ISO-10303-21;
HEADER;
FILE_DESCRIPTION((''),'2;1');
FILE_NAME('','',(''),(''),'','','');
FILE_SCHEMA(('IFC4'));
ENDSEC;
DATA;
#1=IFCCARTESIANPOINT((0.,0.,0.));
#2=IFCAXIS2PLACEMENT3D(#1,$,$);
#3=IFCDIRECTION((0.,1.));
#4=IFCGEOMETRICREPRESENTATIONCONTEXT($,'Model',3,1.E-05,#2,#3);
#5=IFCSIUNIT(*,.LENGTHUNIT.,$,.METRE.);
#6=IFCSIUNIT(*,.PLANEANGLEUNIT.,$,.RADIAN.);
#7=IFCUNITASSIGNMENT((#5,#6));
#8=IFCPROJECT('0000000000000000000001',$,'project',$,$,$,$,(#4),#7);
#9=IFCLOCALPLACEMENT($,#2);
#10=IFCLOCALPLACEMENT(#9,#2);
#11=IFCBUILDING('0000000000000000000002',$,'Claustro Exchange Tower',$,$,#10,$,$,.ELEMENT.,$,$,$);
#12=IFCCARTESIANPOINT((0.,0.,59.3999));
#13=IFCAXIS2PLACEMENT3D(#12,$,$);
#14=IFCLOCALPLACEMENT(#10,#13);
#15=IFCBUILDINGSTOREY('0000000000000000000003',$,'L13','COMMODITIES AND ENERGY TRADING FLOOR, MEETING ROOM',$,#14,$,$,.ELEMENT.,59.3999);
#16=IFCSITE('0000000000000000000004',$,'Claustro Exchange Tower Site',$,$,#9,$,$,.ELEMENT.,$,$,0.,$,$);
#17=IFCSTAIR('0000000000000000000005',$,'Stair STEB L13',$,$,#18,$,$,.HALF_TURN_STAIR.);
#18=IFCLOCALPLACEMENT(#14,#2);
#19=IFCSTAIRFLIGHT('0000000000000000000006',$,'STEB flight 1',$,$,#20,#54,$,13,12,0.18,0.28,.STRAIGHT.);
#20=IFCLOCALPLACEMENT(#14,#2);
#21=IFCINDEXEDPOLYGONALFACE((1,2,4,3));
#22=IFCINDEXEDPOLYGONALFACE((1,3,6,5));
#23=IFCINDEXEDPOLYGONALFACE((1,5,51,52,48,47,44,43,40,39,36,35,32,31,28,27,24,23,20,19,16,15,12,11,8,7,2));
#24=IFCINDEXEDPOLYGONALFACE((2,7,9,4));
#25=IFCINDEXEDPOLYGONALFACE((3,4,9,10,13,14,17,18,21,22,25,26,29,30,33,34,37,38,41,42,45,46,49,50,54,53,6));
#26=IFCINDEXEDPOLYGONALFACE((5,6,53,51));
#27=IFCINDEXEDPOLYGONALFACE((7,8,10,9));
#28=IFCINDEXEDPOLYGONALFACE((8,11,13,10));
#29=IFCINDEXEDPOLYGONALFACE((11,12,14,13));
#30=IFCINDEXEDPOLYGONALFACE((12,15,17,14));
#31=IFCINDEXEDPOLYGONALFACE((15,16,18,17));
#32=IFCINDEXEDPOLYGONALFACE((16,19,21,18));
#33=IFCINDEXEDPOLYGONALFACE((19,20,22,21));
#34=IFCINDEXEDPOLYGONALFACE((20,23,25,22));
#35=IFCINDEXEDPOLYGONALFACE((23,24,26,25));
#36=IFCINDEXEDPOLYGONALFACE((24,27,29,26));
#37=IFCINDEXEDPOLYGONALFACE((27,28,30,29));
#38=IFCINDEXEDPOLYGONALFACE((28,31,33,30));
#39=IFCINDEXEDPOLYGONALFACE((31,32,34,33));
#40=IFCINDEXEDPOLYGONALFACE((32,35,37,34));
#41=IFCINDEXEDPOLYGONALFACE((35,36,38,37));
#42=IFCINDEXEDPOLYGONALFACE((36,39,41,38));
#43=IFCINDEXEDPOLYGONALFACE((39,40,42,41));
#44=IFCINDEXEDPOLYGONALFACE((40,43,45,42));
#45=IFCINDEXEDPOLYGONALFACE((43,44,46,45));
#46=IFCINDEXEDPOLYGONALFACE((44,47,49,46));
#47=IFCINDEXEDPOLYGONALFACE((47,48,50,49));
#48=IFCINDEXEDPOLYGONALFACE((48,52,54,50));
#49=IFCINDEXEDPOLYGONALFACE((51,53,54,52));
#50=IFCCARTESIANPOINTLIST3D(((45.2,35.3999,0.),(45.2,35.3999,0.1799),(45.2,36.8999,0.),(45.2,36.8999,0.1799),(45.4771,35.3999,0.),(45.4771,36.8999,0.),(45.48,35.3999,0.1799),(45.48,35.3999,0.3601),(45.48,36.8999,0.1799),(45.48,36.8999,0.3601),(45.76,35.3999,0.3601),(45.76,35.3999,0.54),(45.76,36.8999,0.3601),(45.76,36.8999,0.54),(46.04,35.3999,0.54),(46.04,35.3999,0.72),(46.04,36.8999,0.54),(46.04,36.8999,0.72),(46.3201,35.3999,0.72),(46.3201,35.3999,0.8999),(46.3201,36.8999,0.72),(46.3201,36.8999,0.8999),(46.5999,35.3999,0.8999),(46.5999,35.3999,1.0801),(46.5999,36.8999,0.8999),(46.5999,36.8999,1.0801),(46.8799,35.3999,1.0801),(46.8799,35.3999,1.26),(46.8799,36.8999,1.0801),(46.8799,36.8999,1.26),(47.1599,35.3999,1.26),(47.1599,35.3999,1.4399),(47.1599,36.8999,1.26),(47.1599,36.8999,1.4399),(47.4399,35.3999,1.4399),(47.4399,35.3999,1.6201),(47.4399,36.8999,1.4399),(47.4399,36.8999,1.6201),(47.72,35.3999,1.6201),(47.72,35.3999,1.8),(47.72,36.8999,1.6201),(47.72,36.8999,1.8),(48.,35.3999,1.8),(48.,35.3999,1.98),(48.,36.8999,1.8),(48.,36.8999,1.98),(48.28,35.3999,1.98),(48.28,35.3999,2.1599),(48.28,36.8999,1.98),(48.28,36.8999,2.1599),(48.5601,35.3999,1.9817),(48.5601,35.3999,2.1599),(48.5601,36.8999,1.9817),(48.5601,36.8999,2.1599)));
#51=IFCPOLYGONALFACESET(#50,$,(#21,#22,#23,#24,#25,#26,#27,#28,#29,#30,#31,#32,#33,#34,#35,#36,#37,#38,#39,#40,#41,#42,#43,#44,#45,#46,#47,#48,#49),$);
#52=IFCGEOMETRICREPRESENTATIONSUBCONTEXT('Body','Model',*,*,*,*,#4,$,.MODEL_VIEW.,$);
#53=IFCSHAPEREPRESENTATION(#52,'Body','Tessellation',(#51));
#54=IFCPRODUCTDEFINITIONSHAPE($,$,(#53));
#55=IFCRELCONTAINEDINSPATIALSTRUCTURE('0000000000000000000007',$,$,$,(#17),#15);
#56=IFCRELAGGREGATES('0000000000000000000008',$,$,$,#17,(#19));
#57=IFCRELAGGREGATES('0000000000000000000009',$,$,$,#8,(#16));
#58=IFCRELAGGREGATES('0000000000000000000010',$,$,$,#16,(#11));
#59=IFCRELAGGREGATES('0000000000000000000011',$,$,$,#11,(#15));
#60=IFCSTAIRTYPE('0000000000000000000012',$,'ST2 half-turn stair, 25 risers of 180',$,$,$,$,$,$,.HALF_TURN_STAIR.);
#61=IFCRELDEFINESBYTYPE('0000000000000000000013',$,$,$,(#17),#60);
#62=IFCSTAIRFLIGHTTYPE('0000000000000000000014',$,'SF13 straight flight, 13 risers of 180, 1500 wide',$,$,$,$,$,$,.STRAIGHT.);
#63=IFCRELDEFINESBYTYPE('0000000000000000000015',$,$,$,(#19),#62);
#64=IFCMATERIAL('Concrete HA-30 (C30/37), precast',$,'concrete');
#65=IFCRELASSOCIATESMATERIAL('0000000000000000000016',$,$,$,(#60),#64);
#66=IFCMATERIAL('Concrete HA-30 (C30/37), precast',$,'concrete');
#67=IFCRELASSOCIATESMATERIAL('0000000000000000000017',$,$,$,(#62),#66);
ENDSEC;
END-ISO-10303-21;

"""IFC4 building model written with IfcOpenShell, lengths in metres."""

from ifc_helpers import new_model, si_unit, direction, frame, origin, place, context, subcontext, project, spatial, polyline, outline, extrude, material, type_object, element, aggregate, save


model = new_model("IFC4")

# Units and contexts
model_context = context("Model", 3, precision=1e-05, world=origin(), true_north=direction((0.0, 1.0)))
body_context = subcontext(model_context, "Body", "Model", "MODEL_VIEW")
ifc_project = project(units=[si_unit("LENGTHUNIT", "METRE"), si_unit("PLANEANGLEUNIT", "RADIAN")], contexts=[model_context])

# Site, building, storey
site_placement = place(None, origin())
site = spatial("IfcSite", under=ifc_project, at=site_placement, Name="Claustro Exchange Tower Site", CompositionType="ELEMENT", RefElevation=0.0)
building_placement = place(site_placement, origin())
building = spatial("IfcBuilding", under=site, at=building_placement, Name="Claustro Exchange Tower", CompositionType="ELEMENT")
storey_placement = place(building_placement, frame((0.0, 0.0, 59.3999)))
storey = spatial("IfcBuildingStorey", under=building, at=storey_placement, Name="L13", Description="COMMODITIES AND ENERGY TRADING FLOOR, MEETING ROOM", CompositionType="ELEMENT", Elevation=59.3999)

# Stair, stair flight
ifc_material_1 = material(Name="Concrete HA-30 (C30/37), precast", Category="concrete")
stair_type = type_object("IfcStairType", Name="ST2 half-turn stair, 25 risers of 180", PredefinedType="HALF_TURN_STAIR", material=ifc_material_1)
stair_placement = place(storey_placement, origin())
stair = element("IfcStair", 1, at=stair_placement, inside=storey, type_object=stair_type, Name="Stair STEB L13", PredefinedType="HALF_TURN_STAIR")
ifc_material_2 = material(Name="Concrete HA-30 (C30/37), precast", Category="concrete")
stair_flight_type_1 = type_object("IfcStairFlightType", Name="SF13 straight flight, 13 risers of 180, 1500 wide", PredefinedType="STRAIGHT", material=ifc_material_2)
stair_flight_1_placement = place(storey_placement, frame((45.2, 36.1499, 0.0), z_axis=(0.0, 0.0, 1.0), x_axis=(1.0, 0.0, 0.0)))
stair_flight_1 = element("IfcStairFlight", 2, at=stair_flight_1_placement, type_object=stair_flight_type_1, Name="STEB flight 1", NumberOfRisers=13, NumberOfTreads=12, PredefinedType="STRAIGHT", RiserHeight=0.18, TreadLength=0.28, context=body_context, shape_type="SweptSolid", body=[
    extrude(outline(polyline([(0.0, 0.0), (0.0, 0.1799), (0.28, 0.1799), (0.28, 0.3601), (0.5601, 0.3601), (0.5601, 0.54), (0.8401, 0.54), (0.8401, 0.72), (1.1201, 0.72), (1.1201, 0.8999), (1.3999, 0.8999), (1.3999, 1.0801), (1.6799, 1.0801), (1.6799, 1.26), (1.96, 1.26), (1.96, 1.4399), (2.24, 1.4399), (2.24, 1.6201), (2.52, 1.6201), (2.52, 1.8), (2.8, 1.8), (2.8, 1.98), (3.0801, 1.98), (3.0801, 2.1599), (3.3601, 2.1599), (3.3601, 2.3401), (3.3601, 1.9817), (0.2771, 0.0), (0.0, 0.0)])), frame((0.0, 0.75, 0.0), z_axis=(0.0, -1.0, 0.0), x_axis=(1.0, 0.0, 0.0)), (0.0, 0.0, 1.0), 1.5),
])
aggregate(stair, [stair_flight_1])

save(model, "model.ifc")
